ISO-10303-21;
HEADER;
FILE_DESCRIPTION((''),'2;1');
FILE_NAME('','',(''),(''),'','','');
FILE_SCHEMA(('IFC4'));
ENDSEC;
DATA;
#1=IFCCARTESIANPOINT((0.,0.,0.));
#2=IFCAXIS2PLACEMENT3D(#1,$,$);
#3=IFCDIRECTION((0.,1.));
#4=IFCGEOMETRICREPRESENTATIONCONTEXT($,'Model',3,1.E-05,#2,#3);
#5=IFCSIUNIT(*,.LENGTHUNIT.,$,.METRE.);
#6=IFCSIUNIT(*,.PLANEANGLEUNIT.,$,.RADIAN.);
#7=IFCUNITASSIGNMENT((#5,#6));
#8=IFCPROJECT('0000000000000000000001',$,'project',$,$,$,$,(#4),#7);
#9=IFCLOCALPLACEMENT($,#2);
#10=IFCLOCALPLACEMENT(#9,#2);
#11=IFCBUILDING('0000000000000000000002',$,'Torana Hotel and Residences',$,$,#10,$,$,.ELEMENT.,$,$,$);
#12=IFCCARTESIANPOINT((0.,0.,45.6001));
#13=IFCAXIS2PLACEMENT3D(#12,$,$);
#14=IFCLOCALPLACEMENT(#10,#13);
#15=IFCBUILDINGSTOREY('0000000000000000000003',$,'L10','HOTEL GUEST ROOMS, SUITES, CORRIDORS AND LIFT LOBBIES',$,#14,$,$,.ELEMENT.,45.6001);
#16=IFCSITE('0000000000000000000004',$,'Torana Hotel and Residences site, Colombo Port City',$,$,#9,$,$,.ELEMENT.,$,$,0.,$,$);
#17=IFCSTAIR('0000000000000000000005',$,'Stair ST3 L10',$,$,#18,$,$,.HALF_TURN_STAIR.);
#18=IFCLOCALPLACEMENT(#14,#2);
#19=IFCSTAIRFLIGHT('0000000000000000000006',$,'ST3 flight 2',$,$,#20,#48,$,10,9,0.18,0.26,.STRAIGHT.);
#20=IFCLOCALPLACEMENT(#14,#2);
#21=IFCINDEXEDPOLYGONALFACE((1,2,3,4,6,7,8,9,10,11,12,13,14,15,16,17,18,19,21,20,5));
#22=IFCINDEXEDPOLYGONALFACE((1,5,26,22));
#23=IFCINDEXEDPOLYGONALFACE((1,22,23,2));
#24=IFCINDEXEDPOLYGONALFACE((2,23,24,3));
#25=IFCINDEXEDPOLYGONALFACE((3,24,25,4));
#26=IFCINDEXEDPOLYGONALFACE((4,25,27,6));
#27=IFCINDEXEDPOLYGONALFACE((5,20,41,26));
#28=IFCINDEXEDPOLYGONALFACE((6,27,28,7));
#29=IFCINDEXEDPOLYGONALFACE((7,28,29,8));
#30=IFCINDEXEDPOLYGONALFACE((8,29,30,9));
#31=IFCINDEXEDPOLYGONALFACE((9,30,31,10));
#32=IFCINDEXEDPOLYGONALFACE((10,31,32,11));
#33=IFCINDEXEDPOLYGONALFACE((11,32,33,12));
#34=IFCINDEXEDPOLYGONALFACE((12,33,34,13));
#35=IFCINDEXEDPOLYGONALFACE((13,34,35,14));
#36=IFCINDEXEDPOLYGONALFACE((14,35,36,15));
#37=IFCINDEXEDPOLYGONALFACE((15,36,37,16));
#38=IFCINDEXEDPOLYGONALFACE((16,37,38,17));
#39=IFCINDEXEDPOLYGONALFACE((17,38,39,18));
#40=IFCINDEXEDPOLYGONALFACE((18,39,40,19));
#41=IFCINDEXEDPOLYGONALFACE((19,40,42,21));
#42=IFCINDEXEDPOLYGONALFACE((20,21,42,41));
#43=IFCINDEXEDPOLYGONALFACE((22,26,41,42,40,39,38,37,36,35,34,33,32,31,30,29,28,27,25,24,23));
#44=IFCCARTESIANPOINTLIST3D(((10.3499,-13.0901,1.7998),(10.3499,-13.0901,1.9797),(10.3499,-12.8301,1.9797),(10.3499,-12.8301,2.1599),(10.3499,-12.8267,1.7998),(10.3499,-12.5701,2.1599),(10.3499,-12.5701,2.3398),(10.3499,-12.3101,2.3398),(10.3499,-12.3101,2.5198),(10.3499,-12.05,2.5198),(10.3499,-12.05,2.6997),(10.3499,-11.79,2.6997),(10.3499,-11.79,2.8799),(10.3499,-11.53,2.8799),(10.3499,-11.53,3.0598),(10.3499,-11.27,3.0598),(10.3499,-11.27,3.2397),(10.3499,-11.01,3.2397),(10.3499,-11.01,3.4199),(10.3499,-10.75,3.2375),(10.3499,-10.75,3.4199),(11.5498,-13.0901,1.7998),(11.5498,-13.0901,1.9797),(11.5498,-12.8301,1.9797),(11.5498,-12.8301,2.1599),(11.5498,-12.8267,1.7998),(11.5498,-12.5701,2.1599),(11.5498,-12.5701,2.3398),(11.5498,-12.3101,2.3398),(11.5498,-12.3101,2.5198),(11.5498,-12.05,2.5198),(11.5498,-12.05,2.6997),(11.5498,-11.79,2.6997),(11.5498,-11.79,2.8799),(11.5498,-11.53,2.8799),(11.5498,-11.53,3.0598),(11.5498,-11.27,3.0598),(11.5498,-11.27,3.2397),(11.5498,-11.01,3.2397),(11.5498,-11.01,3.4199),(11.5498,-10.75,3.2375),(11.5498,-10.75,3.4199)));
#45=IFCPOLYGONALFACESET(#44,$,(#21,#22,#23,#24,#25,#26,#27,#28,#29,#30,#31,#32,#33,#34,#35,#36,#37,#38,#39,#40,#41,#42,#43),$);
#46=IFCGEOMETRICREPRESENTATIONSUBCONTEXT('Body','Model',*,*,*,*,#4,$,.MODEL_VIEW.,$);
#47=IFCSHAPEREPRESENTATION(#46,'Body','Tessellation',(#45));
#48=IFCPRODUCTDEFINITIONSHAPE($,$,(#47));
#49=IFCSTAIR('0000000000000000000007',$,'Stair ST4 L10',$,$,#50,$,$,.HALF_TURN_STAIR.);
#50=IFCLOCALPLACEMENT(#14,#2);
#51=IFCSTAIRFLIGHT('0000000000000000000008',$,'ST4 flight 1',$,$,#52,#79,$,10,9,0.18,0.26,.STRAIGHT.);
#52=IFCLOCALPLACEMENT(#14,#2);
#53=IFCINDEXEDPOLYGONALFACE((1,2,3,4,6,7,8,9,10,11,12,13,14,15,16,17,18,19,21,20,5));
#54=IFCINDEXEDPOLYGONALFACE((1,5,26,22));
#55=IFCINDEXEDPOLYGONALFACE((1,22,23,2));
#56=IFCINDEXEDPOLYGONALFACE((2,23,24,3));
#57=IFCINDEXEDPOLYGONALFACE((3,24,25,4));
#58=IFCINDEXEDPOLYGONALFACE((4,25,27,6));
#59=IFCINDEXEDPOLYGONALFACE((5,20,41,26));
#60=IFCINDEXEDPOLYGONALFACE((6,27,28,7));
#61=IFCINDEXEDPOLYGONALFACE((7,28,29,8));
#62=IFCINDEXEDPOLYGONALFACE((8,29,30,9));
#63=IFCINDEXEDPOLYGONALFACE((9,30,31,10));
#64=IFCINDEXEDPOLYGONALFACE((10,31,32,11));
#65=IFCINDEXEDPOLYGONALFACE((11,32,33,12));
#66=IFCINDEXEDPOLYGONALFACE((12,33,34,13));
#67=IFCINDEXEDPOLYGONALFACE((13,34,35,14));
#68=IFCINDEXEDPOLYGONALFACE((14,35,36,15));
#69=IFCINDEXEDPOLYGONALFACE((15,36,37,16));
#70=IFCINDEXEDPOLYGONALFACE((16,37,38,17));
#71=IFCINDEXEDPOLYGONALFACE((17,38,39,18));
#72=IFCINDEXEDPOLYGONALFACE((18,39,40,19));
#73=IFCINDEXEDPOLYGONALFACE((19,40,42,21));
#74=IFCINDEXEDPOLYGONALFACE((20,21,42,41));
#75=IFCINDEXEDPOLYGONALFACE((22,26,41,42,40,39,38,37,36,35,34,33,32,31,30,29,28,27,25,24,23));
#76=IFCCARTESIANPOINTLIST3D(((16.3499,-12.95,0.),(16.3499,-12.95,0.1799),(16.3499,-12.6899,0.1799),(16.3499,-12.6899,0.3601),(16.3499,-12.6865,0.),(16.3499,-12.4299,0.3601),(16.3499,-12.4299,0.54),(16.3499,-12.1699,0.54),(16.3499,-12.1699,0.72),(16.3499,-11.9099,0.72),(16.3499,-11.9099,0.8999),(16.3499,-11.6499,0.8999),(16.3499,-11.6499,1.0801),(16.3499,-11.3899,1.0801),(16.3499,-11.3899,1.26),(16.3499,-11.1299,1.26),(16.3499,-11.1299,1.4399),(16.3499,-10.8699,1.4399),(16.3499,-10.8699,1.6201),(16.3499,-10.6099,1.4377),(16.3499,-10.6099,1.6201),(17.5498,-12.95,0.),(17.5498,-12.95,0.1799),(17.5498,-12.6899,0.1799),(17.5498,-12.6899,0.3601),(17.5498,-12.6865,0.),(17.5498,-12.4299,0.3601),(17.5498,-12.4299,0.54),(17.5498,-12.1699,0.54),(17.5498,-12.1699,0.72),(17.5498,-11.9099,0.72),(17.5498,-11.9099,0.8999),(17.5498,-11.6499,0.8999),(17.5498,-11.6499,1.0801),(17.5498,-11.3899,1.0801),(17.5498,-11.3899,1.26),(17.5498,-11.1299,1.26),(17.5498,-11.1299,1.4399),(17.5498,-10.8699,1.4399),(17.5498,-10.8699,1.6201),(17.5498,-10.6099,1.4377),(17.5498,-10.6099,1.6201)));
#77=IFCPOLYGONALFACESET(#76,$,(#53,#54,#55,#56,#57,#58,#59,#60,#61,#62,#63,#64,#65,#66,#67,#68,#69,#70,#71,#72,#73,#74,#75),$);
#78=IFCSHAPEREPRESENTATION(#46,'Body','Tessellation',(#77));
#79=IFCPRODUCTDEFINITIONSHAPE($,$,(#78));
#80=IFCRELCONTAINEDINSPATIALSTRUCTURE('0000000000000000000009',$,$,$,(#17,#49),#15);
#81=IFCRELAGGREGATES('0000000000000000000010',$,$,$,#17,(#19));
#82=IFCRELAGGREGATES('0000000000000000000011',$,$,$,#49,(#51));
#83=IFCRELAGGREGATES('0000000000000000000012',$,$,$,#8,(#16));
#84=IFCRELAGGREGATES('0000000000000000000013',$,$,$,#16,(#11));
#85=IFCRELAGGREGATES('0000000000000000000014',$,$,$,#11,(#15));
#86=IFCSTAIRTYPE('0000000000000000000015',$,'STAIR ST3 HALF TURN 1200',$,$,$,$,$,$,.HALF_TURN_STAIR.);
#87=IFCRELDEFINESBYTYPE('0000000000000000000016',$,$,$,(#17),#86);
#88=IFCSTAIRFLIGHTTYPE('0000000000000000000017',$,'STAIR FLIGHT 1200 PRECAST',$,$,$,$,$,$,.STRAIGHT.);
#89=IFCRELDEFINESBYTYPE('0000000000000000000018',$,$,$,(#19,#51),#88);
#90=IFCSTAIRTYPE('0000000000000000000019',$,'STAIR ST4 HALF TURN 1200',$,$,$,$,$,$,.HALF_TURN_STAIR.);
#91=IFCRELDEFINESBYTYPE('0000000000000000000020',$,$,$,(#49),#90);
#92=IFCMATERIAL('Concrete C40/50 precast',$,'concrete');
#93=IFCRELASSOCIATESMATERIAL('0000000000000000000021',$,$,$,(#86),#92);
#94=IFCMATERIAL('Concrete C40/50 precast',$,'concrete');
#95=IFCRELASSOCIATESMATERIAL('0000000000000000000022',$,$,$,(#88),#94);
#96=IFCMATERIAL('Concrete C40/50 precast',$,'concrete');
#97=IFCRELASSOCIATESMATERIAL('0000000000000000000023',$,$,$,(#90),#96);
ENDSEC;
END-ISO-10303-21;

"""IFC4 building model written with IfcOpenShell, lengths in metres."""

from ifc_helpers import new_model, si_unit, direction, frame, origin, place, context, subcontext, project, spatial, polyline, outline, extrude, material, type_object, element, aggregate, save


model = new_model("IFC4")

# Units and contexts
model_context = context("Model", 3, precision=1e-05, world=origin(), true_north=direction((0.0, 1.0)))
body_context = subcontext(model_context, "Body", "Model", "MODEL_VIEW")
ifc_project = project(units=[si_unit("LENGTHUNIT", "METRE"), si_unit("PLANEANGLEUNIT", "RADIAN")], contexts=[model_context])

# Site, building, storey
site_placement = place(None, origin())
site = spatial("IfcSite", under=ifc_project, at=site_placement, Name="Torana Hotel and Residences site, Colombo Port City", CompositionType="ELEMENT", RefElevation=0.0)
building_placement = place(site_placement, origin())
building = spatial("IfcBuilding", under=site, at=building_placement, Name="Torana Hotel and Residences", CompositionType="ELEMENT")
storey_placement = place(building_placement, frame((0.0, 0.0, 45.6001)))
storey = spatial("IfcBuildingStorey", under=building, at=storey_placement, Name="L10", Description="HOTEL GUEST ROOMS, SUITES, CORRIDORS AND LIFT LOBBIES", CompositionType="ELEMENT", Elevation=45.6001)

# Stair, stair flight
ifc_material_1 = material(Name="Concrete C40/50 precast", Category="concrete")
stair_type_1 = type_object("IfcStairType", Name="STAIR ST3 HALF TURN 1200", PredefinedType="HALF_TURN_STAIR", material=ifc_material_1)
stair_1_placement = place(storey_placement, origin())
stair_1 = element("IfcStair", 1, at=stair_1_placement, inside=storey, type_object=stair_type_1, Name="Stair ST3 L10", PredefinedType="HALF_TURN_STAIR")
ifc_material_2 = material(Name="Concrete C40/50 precast", Category="concrete")
stair_flight_type = type_object("IfcStairFlightType", Name="STAIR FLIGHT 1200 PRECAST", PredefinedType="STRAIGHT", material=ifc_material_2)
stair_flight_1_placement = place(storey_placement, frame((10.95, -13.0901, 1.7998), z_axis=(0.0, 0.0, 1.0), x_axis=(0.0, 1.0, 0.0)))
stair_flight_1 = element("IfcStairFlight", 2, at=stair_flight_1_placement, type_object=stair_flight_type, Name="ST3 flight 2", NumberOfRisers=10, NumberOfTreads=9, PredefinedType="STRAIGHT", RiserHeight=0.18, TreadLength=0.26, context=body_context, shape_type="SweptSolid", body=[
    extrude(outline(polyline([(0.0, 0.0), (0.0, 0.1799), (0.26, 0.1799), (0.26, 0.3601), (0.52, 0.3601), (0.52, 0.54), (0.78, 0.54), (0.78, 0.72), (1.04, 0.72), (1.04, 0.8999), (1.3, 0.8999), (1.3, 1.0801), (1.5601, 1.0801), (1.5601, 1.26), (1.8201, 1.26), (1.8201, 1.4399), (2.0801, 1.4399), (2.0801, 1.6201), (2.3401, 1.6201), (2.3401, 1.8), (2.3401, 1.4377), (0.2634, 0.0), (0.0, 0.0)])), frame((0.0, 0.6001, 0.0), z_axis=(0.0, -1.0, 0.0), x_axis=(1.0, 0.0, 0.0)), (0.0, 0.0, 1.0), 1.2),
])
aggregate(stair_1, [stair_flight_1])

# Stair, stair flight
ifc_material_3 = material(Name="Concrete C40/50 precast", Category="concrete")
stair_type_2 = type_object("IfcStairType", Name="STAIR ST4 HALF TURN 1200", PredefinedType="HALF_TURN_STAIR", material=ifc_material_3)
stair_2_placement = place(storey_placement, origin())
stair_2 = element("IfcStair", 3, at=stair_2_placement, inside=storey, type_object=stair_type_2, Name="Stair ST4 L10", PredefinedType="HALF_TURN_STAIR")
stair_flight_2_placement = place(storey_placement, frame((16.95, -12.95, 0.0), z_axis=(0.0, 0.0, 1.0), x_axis=(0.0, 1.0, 0.0)))
stair_flight_2 = element("IfcStairFlight", 4, at=stair_flight_2_placement, type_object=stair_flight_type, Name="ST4 flight 1", NumberOfRisers=10, NumberOfTreads=9, PredefinedType="STRAIGHT", RiserHeight=0.18, TreadLength=0.26, context=body_context, shape_type="SweptSolid", body=[
    extrude(outline(polyline([(0.0, 0.0), (0.0, 0.1799), (0.26, 0.1799), (0.26, 0.3601), (0.52, 0.3601), (0.52, 0.54), (0.78, 0.54), (0.78, 0.72), (1.04, 0.72), (1.04, 0.8999), (1.3, 0.8999), (1.3, 1.0801), (1.5601, 1.0801), (1.5601, 1.26), (1.8201, 1.26), (1.8201, 1.4399), (2.0801, 1.4399), (2.0801, 1.6201), (2.3401, 1.6201), (2.3401, 1.8), (2.3401, 1.4377), (0.2634, 0.0), (0.0, 0.0)])), frame((0.0, 0.6001, 0.0), z_axis=(0.0, -1.0, 0.0), x_axis=(1.0, 0.0, 0.0)), (0.0, 0.0, 1.0), 1.2),
])
aggregate(stair_2, [stair_flight_2])

save(model, "model.ifc")
